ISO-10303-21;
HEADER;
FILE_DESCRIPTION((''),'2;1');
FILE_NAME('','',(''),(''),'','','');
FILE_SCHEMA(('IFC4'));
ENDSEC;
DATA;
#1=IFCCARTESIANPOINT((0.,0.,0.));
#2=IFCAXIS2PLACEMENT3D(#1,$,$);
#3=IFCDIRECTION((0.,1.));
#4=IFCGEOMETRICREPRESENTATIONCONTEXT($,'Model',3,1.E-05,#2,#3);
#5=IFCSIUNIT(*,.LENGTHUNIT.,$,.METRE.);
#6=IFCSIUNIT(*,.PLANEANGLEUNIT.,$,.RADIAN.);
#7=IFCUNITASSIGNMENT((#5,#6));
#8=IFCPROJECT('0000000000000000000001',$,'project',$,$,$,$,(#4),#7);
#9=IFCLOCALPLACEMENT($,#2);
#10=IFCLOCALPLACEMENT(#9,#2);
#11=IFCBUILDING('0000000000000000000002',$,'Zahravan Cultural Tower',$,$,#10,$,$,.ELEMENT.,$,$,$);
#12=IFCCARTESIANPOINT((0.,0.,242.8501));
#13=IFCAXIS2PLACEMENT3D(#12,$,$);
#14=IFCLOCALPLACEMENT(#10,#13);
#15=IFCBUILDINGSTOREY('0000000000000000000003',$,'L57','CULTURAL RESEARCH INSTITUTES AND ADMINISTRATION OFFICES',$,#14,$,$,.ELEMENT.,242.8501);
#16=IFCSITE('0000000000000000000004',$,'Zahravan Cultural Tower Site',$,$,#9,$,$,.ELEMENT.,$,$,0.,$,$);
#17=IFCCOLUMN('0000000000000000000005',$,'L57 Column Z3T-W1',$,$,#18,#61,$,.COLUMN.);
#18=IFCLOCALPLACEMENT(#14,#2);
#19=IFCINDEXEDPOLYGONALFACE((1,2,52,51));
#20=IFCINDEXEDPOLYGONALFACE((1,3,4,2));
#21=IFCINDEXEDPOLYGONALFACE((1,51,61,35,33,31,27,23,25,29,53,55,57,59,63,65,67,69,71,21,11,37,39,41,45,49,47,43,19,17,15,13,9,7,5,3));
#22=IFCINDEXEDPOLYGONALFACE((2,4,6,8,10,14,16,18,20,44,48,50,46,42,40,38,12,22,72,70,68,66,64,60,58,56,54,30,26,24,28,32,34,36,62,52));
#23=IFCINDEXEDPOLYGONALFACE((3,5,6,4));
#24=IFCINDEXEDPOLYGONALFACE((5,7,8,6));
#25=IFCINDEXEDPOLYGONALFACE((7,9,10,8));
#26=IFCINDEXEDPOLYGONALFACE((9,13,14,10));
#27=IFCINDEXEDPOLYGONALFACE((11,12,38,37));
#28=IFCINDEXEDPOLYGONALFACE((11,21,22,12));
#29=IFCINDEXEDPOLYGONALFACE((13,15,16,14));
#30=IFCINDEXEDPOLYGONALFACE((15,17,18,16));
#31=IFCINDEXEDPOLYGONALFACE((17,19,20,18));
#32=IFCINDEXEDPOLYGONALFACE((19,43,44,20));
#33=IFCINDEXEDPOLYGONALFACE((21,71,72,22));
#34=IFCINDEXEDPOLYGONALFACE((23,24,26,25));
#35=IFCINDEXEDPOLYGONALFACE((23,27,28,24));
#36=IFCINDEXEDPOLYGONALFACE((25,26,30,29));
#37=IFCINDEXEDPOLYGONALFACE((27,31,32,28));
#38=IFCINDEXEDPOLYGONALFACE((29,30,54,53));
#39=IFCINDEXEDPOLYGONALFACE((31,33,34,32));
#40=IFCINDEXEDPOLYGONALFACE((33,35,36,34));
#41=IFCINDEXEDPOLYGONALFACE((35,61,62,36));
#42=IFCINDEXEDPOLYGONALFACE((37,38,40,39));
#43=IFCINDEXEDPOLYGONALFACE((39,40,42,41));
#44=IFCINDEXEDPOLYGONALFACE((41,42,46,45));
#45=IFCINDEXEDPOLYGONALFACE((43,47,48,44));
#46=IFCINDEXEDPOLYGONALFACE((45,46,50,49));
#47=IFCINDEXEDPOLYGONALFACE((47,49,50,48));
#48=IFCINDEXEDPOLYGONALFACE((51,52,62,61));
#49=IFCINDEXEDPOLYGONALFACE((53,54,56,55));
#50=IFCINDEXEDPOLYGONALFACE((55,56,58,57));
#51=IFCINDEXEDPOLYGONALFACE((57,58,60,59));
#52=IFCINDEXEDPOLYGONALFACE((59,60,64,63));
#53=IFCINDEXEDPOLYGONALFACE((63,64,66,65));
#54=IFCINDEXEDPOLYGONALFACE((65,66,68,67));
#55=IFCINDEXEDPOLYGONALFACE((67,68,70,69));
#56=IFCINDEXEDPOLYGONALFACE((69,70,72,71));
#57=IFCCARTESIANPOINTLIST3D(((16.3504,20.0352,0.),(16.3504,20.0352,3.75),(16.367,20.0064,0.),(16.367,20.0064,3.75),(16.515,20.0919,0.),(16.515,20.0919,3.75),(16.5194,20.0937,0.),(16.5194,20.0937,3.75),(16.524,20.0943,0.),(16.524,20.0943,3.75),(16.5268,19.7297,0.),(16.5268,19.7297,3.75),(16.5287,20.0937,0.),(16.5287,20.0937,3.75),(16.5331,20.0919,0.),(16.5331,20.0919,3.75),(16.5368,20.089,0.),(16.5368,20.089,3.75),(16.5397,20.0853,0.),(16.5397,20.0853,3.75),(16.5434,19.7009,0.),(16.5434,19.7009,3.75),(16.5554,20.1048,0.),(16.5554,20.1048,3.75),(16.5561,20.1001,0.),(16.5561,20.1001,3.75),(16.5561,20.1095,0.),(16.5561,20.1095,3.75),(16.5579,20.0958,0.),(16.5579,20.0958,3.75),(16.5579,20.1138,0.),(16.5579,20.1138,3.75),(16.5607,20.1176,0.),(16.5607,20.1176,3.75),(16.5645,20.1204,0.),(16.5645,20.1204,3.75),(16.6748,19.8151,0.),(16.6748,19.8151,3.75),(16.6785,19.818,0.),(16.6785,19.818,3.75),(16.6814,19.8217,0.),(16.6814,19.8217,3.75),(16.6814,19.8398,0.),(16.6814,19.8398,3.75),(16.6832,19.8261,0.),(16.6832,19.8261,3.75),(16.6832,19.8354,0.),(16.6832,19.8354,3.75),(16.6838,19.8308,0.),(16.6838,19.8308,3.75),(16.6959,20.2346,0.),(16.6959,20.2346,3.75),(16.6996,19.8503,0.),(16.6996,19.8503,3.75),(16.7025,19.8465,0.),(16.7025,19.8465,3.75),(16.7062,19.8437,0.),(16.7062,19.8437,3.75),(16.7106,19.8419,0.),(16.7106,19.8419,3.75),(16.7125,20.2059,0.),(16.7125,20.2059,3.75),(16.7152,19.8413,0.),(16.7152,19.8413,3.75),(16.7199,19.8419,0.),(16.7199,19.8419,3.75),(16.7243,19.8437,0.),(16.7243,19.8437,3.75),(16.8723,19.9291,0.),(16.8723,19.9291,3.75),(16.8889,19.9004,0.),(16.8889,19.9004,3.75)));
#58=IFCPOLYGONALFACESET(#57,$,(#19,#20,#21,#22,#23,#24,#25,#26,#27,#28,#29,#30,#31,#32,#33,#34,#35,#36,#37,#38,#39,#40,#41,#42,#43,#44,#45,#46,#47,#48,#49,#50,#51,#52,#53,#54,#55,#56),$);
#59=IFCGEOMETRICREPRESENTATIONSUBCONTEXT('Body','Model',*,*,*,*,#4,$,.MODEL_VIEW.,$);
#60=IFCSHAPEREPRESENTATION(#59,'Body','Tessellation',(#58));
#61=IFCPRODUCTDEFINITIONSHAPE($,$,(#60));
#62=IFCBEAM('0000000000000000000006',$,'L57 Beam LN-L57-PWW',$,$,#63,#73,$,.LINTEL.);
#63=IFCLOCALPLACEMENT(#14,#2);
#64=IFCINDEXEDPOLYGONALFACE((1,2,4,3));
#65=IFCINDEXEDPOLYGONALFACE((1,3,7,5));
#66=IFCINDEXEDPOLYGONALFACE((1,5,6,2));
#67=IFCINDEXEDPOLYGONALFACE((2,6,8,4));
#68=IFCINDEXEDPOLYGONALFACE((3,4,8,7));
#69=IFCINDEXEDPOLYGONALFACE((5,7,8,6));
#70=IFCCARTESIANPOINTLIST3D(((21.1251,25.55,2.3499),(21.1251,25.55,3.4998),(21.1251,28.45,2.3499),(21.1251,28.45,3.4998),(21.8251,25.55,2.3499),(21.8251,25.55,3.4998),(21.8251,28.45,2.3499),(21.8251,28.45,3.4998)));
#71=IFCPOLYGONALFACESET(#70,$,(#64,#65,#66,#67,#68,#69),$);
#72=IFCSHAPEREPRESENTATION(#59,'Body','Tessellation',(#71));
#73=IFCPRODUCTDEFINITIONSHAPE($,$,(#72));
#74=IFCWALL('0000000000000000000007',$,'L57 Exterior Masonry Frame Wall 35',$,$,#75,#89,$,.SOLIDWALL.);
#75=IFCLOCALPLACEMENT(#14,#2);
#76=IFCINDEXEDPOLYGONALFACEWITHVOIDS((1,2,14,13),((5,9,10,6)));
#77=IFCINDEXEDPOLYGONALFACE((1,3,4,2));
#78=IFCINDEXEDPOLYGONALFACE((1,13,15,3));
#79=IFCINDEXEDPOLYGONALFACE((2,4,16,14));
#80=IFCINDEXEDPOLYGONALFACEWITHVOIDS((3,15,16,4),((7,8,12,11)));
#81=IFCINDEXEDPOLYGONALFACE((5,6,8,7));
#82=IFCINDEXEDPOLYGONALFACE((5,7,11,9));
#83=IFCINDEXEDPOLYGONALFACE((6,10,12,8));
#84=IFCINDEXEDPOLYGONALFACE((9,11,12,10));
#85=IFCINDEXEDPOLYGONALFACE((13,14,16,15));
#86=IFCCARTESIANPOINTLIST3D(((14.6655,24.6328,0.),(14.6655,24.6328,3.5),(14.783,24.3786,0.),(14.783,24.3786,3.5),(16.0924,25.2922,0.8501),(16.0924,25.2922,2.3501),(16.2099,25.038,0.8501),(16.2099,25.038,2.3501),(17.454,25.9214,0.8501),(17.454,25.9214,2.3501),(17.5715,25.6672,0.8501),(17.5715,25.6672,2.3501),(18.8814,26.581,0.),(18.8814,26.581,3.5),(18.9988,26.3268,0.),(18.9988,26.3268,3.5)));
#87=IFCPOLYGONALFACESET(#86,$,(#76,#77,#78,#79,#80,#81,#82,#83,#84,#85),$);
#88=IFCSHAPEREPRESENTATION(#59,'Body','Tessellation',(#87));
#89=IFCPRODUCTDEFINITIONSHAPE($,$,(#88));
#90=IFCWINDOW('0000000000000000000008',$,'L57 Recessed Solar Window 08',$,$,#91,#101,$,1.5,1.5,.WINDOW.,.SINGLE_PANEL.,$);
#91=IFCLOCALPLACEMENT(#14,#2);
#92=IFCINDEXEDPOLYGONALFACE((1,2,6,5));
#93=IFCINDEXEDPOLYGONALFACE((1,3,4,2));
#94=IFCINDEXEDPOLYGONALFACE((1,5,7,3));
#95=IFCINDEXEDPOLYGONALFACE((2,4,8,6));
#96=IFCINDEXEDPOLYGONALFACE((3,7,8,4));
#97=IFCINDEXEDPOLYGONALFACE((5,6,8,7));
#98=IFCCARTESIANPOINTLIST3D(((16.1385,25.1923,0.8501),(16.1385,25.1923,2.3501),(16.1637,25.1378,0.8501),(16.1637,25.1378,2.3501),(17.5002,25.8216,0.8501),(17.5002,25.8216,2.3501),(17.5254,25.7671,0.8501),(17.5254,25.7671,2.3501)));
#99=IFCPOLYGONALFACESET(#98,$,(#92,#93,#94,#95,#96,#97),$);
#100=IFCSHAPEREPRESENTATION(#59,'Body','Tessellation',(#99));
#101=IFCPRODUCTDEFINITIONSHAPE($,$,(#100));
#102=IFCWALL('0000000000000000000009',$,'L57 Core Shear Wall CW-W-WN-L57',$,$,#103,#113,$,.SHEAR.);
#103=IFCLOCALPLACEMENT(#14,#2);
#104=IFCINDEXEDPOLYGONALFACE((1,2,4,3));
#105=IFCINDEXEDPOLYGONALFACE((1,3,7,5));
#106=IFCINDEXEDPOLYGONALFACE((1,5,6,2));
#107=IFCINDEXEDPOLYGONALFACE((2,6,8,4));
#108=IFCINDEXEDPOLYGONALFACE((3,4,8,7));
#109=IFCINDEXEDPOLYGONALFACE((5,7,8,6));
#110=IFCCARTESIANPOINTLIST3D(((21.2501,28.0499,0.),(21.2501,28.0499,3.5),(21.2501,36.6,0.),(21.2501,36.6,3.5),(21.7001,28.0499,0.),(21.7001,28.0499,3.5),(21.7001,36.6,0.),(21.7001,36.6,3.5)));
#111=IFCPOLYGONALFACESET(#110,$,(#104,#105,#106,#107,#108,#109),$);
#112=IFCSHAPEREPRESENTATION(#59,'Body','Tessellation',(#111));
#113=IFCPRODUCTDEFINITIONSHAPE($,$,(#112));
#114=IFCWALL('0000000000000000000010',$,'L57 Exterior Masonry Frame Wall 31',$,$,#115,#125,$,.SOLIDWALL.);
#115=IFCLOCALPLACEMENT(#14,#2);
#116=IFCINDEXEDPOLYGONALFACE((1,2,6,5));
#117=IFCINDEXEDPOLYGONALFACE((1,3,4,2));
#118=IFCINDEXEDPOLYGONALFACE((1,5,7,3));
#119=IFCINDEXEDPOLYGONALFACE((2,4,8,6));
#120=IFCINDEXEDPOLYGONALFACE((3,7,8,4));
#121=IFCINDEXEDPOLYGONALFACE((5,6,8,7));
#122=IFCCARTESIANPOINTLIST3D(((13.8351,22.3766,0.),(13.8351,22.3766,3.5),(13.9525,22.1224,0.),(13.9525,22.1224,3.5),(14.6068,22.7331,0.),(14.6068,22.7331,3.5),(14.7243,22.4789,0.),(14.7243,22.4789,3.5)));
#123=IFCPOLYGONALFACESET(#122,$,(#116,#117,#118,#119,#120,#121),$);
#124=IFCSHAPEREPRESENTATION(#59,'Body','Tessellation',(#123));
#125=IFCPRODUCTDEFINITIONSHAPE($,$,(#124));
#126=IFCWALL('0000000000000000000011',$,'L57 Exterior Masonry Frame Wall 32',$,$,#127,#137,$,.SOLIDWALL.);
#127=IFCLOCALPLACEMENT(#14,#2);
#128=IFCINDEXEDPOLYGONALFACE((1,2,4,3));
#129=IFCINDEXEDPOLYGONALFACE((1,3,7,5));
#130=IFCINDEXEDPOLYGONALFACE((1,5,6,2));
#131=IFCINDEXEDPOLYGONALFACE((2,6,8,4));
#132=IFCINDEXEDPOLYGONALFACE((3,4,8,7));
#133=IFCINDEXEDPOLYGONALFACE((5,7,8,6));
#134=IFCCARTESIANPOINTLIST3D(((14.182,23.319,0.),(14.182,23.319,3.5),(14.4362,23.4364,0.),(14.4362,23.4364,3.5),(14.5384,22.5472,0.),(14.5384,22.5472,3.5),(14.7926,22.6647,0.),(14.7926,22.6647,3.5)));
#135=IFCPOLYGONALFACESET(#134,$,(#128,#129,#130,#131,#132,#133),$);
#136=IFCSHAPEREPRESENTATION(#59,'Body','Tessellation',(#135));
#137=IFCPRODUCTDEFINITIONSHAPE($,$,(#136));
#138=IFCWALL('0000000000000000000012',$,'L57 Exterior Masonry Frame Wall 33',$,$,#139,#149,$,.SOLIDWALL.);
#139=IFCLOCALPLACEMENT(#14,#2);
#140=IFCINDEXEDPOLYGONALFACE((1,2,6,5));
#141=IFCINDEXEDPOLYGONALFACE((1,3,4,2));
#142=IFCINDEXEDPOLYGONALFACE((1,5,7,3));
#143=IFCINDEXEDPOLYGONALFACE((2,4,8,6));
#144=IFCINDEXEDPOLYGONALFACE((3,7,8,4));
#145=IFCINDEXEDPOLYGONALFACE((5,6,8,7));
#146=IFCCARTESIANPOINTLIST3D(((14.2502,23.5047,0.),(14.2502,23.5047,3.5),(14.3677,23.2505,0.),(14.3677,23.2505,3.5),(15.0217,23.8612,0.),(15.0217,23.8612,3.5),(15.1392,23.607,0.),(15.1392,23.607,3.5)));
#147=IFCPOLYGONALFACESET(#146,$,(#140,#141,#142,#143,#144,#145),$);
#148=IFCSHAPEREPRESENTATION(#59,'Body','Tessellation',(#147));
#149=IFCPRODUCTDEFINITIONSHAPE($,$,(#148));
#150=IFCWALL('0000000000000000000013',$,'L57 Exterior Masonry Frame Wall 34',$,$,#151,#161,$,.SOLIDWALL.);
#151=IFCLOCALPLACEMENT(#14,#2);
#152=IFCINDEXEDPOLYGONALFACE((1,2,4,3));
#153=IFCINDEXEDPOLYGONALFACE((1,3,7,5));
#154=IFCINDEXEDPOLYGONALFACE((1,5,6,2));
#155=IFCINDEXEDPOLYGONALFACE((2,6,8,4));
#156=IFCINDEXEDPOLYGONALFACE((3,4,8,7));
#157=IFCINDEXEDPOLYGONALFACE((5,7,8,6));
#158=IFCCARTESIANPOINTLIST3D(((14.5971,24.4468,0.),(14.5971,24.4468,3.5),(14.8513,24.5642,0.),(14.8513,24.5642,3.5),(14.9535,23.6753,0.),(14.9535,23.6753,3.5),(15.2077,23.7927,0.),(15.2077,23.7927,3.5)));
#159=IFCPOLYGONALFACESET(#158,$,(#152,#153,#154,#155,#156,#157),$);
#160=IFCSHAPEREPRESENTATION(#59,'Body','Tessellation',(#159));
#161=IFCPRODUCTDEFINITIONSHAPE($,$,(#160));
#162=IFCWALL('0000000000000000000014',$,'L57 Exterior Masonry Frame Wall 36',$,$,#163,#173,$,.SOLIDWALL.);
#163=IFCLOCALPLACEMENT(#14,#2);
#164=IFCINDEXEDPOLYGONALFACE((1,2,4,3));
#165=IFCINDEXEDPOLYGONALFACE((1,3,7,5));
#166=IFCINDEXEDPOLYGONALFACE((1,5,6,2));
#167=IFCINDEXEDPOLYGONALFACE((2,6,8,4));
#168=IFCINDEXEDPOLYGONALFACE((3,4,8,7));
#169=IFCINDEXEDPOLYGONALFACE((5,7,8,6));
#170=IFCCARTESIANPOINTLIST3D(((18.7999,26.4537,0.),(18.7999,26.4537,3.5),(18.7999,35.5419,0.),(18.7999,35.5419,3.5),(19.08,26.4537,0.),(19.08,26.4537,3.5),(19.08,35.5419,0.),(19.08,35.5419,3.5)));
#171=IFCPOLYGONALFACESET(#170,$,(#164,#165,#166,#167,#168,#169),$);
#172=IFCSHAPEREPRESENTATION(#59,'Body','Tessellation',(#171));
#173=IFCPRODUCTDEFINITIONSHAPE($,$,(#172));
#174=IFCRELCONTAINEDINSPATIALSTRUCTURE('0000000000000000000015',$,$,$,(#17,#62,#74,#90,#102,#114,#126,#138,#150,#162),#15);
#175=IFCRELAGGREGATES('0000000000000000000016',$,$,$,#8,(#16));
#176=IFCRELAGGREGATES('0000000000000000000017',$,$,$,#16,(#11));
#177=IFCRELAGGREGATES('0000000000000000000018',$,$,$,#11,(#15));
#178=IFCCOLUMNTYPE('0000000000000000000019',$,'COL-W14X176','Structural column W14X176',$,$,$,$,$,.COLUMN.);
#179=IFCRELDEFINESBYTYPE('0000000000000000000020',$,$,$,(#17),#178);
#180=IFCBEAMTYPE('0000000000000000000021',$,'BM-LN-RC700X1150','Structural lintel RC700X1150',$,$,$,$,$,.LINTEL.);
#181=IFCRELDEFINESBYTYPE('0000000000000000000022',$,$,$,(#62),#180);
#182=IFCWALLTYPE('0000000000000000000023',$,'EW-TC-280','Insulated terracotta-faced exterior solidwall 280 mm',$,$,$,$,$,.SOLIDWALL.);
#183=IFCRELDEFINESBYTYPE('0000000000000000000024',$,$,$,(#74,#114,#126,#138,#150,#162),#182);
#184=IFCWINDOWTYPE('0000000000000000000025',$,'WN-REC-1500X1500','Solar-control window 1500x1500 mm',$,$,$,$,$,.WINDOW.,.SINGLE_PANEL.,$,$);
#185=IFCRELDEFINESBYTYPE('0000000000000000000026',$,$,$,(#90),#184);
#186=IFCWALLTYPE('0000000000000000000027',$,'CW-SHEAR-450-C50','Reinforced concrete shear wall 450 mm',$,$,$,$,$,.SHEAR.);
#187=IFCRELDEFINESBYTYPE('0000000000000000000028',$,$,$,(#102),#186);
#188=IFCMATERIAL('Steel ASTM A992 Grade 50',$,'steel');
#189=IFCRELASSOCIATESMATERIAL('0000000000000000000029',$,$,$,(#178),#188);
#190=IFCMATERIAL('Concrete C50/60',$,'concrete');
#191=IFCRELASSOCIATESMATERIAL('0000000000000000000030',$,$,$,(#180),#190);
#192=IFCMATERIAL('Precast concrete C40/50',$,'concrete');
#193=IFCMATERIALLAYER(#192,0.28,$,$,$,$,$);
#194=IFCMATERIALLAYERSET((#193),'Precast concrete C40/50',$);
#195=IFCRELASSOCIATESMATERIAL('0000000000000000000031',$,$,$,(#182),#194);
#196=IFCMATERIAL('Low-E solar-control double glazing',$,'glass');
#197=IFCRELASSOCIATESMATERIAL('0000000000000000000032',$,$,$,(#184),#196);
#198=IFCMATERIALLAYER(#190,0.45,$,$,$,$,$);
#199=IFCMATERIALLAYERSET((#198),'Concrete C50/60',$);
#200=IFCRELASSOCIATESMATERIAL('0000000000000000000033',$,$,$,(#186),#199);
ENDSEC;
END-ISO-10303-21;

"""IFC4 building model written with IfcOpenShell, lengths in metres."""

from ifc_helpers import new_model, si_unit, direction, frame, frame_2d, origin, origin_2d, place, context, subcontext, project, spatial, rectangle, i_section, extrude, source, transform, mapped, material, layer, layer_set, material_profile, profile_set, type_object, element, fill, save


model = new_model("IFC4")

# Units and contexts
model_context = context("Model", 3, precision=1e-05, world=origin(), true_north=direction((0.0, 1.0)))
body_context = subcontext(model_context, "Body", "Model", "MODEL_VIEW")
ifc_project = project(units=[si_unit("LENGTHUNIT", "METRE"), si_unit("PLANEANGLEUNIT", "RADIAN")], contexts=[model_context])

# Site, building, storey
site_placement = place(None, origin())
site = spatial("IfcSite", under=ifc_project, at=site_placement, Name="Zahravan Cultural Tower Site", CompositionType="ELEMENT", RefElevation=0.0)
building_placement = place(site_placement, origin())
building = spatial("IfcBuilding", under=site, at=building_placement, Name="Zahravan Cultural Tower", CompositionType="ELEMENT")
storey_placement = place(building_placement, frame((0.0, 0.0, 242.8501)))
storey = spatial("IfcBuildingStorey", under=building, at=storey_placement, Name="L57", Description="CULTURAL RESEARCH INSTITUTES AND ADMINISTRATION OFFICES", CompositionType="ELEMENT", Elevation=242.8501)

# Column
ifc_material_1 = material(Name="Steel ASTM A992 Grade 50", Category="steel")
ifc_material_profile_1 = material_profile(ifc_material_1, i_section(OverallWidth=0.3989, OverallDepth=0.386, WebThickness=0.021, FlangeThickness=0.0332, FilletRadius=0.0181, at=origin_2d()), Name="W14X176")
ifc_profile_set_1 = profile_set([ifc_material_profile_1], Name="Steel ASTM A992 Grade 50")
column_type = type_object("IfcColumnType", Name="COL-W14X176", Description="Structural column W14X176", PredefinedType="COLUMN", material=ifc_profile_set_1)
shared_shape_1 = source(origin(), body_context, "Body", "SweptSolid", [
    extrude(i_section(OverallWidth=0.3989, OverallDepth=0.386, WebThickness=0.021, FlangeThickness=0.0332, FilletRadius=0.0181, at=origin_2d()), origin(), (0.0, 0.0, 1.0), 3.75),
])
column_placement = place(storey_placement, frame((16.6196, 19.9678, 0.0), z_axis=(0.0, 0.0, 1.0), x_axis=(0.866025, 0.5, 0.0)))
element("IfcColumn", 1, at=column_placement, inside=storey, type_object=column_type, Name="L57 Column Z3T-W1", PredefinedType="COLUMN", context=body_context, shape_type="MappedRepresentation", body=[
    mapped(shared_shape_1, transform((0.0, 0.0, 0.0), x_axis=(1.0, 0.0, 0.0), y_axis=(0.0, 1.0, 0.0), z_axis=(0.0, 0.0, 1.0), scale=1.0)),
])

# Beam
ifc_material_2 = material(Name="Concrete C50/60", Category="concrete")
ifc_material_profile_2 = material_profile(ifc_material_2, rectangle(XDim=0.7, YDim=1.1499, at=origin_2d()), Name="RC700X1150")
ifc_profile_set_2 = profile_set([ifc_material_profile_2], Name="Concrete C50/60")
beam_type = type_object("IfcBeamType", Name="BM-LN-RC700X1150", Description="Structural lintel RC700X1150", PredefinedType="LINTEL", material=ifc_profile_set_2)
shared_shape_2 = source(origin(), body_context, "Body", "SweptSolid", [
    extrude(rectangle(XDim=0.7, YDim=1.1499, at=origin_2d()), origin(), (0.0, 0.0, 1.0), 2.8999),
])
beam_placement = place(storey_placement, frame((21.4751, 25.55, 2.9248), z_axis=(0.0, 1.0, 0.0), x_axis=(-1.0, 0.0, 0.0)))
element("IfcBeam", 2, at=beam_placement, inside=storey, type_object=beam_type, Name="L57 Beam LN-L57-PWW", PredefinedType="LINTEL", context=body_context, shape_type="MappedRepresentation", body=[
    mapped(shared_shape_2, transform((0.0, 0.0, 0.0), x_axis=(1.0, 0.0, 0.0), y_axis=(0.0, 1.0, 0.0), z_axis=(0.0, 0.0, 1.0), scale=1.0)),
])

# Wall, opening, window
ifc_material_3 = material(Name="Precast concrete C40/50", Category="concrete")
ifc_layer_1 = layer(ifc_material_3, 0.28)
ifc_layer_set_1 = layer_set([ifc_layer_1], Name="Precast concrete C40/50")
wall_type_1 = type_object("IfcWallType", Name="EW-TC-280", Description="Insulated terracotta-faced exterior solidwall 280 mm", PredefinedType="SOLIDWALL", material=ifc_layer_set_1)
wall_1_placement = place(storey_placement, frame((14.7241, 24.5056, 0.0), z_axis=(0.0, 0.0, 1.0), x_axis=(0.907756, 0.419498, 0.0)))
wall_1 = element("IfcWall", 3, at=wall_1_placement, inside=storey, type_object=wall_type_1, Name="L57 Exterior Masonry Frame Wall 35", PredefinedType="SOLIDWALL", context=body_context, shape_type="SweptSolid", body=[
    extrude(rectangle(XDim=4.6443, YDim=0.28, at=frame_2d((2.3223, 0.0))), origin(), (0.0, 0.0, 1.0), 3.5),
])
opening_placement = place(wall_1_placement, frame((1.572, 0.0, 0.8501)))
opening = element("IfcOpeningElement", 4, at=opening_placement, cuts=wall_1, PredefinedType="OPENING", context=body_context, shape_type="SweptSolid", body=[
    extrude(rectangle(XDim=1.5, YDim=1.5, at=frame_2d((0.75, 0.75))), frame((0.0, 0.1499, 0.0), z_axis=(0.0, -1.0, 0.0), x_axis=(1.0, 0.0, 0.0)), (0.0, 0.0, 1.0), 0.3),
])
ifc_material_4 = material(Name="Low-E solar-control double glazing", Category="glass")
window_type = type_object("IfcWindowType", Name="WN-REC-1500X1500", Description="Solar-control window 1500x1500 mm", PartitioningType="SINGLE_PANEL", PredefinedType="WINDOW", material=ifc_material_4)
shared_shape_3 = source(origin(), body_context, "Body", "SweptSolid", [
    extrude(rectangle(XDim=1.5, YDim=1.5, at=frame_2d((0.75, 0.75))), frame((0.0, 0.03, 0.0), z_axis=(0.0, -1.0, 0.0), x_axis=(1.0, 0.0, 0.0)), (0.0, 0.0, 1.0), 0.0601),
])
window_placement = place(opening_placement, origin())
window = element("IfcWindow", 5, at=window_placement, inside=storey, type_object=window_type, Name="L57 Recessed Solar Window 08", OverallHeight=1.5, OverallWidth=1.5, PartitioningType="SINGLE_PANEL", PredefinedType="WINDOW", context=body_context, shape_type="MappedRepresentation", body=[
    mapped(shared_shape_3, transform((0.0, 0.0, 0.0), x_axis=(1.0, 0.0, 0.0), y_axis=(0.0, 1.0, 0.0), z_axis=(0.0, 0.0, 1.0), scale=1.0)),
])
fill(opening, window)

# Walls
ifc_layer_2 = layer(ifc_material_2, 0.45)
ifc_layer_set_2 = layer_set([ifc_layer_2], Name="Concrete C50/60")
wall_type_2 = type_object("IfcWallType", Name="CW-SHEAR-450-C50", Description="Reinforced concrete shear wall 450 mm", PredefinedType="SHEAR", material=ifc_layer_set_2)
shared_shape_4 = source(origin(), body_context, "Body", "SweptSolid", [
    extrude(rectangle(XDim=8.55, YDim=0.45, at=frame_2d((4.2749, 0.0))), origin(), (0.0, 0.0, 1.0), 3.5),
])
wall_2_placement = place(storey_placement, frame((21.4751, 28.05, 0.0), z_axis=(0.0, 0.0, 1.0), x_axis=(0.0, 1.0, 0.0)))
element("IfcWall", 6, at=wall_2_placement, inside=storey, type_object=wall_type_2, Name="L57 Core Shear Wall CW-W-WN-L57", PredefinedType="SHEAR", context=body_context, shape_type="MappedRepresentation", body=[
    mapped(shared_shape_4, transform((0.0, 0.0, 0.0), x_axis=(1.0, 0.0, 0.0), y_axis=(0.0, 1.0, 0.0), z_axis=(0.0, 0.0, 1.0), scale=1.0)),
])
shared_shape_5 = source(origin(), body_context, "Body", "SweptSolid", [
    extrude(rectangle(XDim=0.8501, YDim=0.28, at=frame_2d((0.425, 0.0))), origin(), (0.0, 0.0, 1.0), 3.5),
])
for number, where, z_axis, x_axis, name in (
    (7, (13.8938, 22.2495, 0.0), (0.0, 0.0, 1.0), (0.907842, 0.419313, 0.0), "L57 Exterior Masonry Frame Wall 31"),
    (8, (14.6655, 22.606, 0.0), (0.0, 0.0, 1.0), (-0.419313, 0.907842, 0.0), "L57 Exterior Masonry Frame Wall 32"),
):
    element("IfcWall", number, at=place(storey_placement, frame(where, z_axis=z_axis, x_axis=x_axis)), inside=storey, type_object=wall_type_1, Name=name, PredefinedType="SOLIDWALL", context=body_context, shape_type="MappedRepresentation", body=[
        mapped(shared_shape_5, transform((0.0, 0.0, 0.0), x_axis=(1.0, 0.0, 0.0), y_axis=(0.0, 1.0, 0.0), z_axis=(0.0, 0.0, 1.0), scale=1.0)),
    ])
shared_shape_6 = source(origin(), body_context, "Body", "SweptSolid", [
    extrude(rectangle(XDim=0.8499, YDim=0.28, at=frame_2d((0.4248, 0.0))), origin(), (0.0, 0.0, 1.0), 3.5),
])
for number, where, z_axis, x_axis, name in (
    (9, (14.3091, 23.3777, 0.0), (0.0, 0.0, 1.0), (0.907791, 0.419422, 0.0), "L57 Exterior Masonry Frame Wall 33"),
    (10, (15.0806, 23.7341, 0.0), (0.0, 0.0, 1.0), (-0.419422, 0.907791, 0.0), "L57 Exterior Masonry Frame Wall 34"),
):
    element("IfcWall", number, at=place(storey_placement, frame(where, z_axis=z_axis, x_axis=x_axis)), inside=storey, type_object=wall_type_1, Name=name, PredefinedType="SOLIDWALL", context=body_context, shape_type="MappedRepresentation", body=[
        mapped(shared_shape_6, transform((0.0, 0.0, 0.0), x_axis=(1.0, 0.0, 0.0), y_axis=(0.0, 1.0, 0.0), z_axis=(0.0, 0.0, 1.0), scale=1.0)),
    ])
shared_shape_7 = source(origin(), body_context, "Body", "SweptSolid", [
    extrude(rectangle(XDim=9.0881, YDim=0.28, at=frame_2d((4.5439, 0.0))), origin(), (0.0, 0.0, 1.0), 3.5),
])
wall_3_placement = place(storey_placement, frame((18.9399, 26.4539, 0.0), z_axis=(0.0, 0.0, 1.0), x_axis=(0.0, 1.0, 0.0)))
element("IfcWall", 11, at=wall_3_placement, inside=storey, type_object=wall_type_1, Name="L57 Exterior Masonry Frame Wall 36", PredefinedType="SOLIDWALL", context=body_context, shape_type="MappedRepresentation", body=[
    mapped(shared_shape_7, transform((0.0, 0.0, 0.0), x_axis=(1.0, 0.0, 0.0), y_axis=(0.0, 1.0, 0.0), z_axis=(0.0, 0.0, 1.0), scale=1.0)),
])

save(model, "model.ifc")
